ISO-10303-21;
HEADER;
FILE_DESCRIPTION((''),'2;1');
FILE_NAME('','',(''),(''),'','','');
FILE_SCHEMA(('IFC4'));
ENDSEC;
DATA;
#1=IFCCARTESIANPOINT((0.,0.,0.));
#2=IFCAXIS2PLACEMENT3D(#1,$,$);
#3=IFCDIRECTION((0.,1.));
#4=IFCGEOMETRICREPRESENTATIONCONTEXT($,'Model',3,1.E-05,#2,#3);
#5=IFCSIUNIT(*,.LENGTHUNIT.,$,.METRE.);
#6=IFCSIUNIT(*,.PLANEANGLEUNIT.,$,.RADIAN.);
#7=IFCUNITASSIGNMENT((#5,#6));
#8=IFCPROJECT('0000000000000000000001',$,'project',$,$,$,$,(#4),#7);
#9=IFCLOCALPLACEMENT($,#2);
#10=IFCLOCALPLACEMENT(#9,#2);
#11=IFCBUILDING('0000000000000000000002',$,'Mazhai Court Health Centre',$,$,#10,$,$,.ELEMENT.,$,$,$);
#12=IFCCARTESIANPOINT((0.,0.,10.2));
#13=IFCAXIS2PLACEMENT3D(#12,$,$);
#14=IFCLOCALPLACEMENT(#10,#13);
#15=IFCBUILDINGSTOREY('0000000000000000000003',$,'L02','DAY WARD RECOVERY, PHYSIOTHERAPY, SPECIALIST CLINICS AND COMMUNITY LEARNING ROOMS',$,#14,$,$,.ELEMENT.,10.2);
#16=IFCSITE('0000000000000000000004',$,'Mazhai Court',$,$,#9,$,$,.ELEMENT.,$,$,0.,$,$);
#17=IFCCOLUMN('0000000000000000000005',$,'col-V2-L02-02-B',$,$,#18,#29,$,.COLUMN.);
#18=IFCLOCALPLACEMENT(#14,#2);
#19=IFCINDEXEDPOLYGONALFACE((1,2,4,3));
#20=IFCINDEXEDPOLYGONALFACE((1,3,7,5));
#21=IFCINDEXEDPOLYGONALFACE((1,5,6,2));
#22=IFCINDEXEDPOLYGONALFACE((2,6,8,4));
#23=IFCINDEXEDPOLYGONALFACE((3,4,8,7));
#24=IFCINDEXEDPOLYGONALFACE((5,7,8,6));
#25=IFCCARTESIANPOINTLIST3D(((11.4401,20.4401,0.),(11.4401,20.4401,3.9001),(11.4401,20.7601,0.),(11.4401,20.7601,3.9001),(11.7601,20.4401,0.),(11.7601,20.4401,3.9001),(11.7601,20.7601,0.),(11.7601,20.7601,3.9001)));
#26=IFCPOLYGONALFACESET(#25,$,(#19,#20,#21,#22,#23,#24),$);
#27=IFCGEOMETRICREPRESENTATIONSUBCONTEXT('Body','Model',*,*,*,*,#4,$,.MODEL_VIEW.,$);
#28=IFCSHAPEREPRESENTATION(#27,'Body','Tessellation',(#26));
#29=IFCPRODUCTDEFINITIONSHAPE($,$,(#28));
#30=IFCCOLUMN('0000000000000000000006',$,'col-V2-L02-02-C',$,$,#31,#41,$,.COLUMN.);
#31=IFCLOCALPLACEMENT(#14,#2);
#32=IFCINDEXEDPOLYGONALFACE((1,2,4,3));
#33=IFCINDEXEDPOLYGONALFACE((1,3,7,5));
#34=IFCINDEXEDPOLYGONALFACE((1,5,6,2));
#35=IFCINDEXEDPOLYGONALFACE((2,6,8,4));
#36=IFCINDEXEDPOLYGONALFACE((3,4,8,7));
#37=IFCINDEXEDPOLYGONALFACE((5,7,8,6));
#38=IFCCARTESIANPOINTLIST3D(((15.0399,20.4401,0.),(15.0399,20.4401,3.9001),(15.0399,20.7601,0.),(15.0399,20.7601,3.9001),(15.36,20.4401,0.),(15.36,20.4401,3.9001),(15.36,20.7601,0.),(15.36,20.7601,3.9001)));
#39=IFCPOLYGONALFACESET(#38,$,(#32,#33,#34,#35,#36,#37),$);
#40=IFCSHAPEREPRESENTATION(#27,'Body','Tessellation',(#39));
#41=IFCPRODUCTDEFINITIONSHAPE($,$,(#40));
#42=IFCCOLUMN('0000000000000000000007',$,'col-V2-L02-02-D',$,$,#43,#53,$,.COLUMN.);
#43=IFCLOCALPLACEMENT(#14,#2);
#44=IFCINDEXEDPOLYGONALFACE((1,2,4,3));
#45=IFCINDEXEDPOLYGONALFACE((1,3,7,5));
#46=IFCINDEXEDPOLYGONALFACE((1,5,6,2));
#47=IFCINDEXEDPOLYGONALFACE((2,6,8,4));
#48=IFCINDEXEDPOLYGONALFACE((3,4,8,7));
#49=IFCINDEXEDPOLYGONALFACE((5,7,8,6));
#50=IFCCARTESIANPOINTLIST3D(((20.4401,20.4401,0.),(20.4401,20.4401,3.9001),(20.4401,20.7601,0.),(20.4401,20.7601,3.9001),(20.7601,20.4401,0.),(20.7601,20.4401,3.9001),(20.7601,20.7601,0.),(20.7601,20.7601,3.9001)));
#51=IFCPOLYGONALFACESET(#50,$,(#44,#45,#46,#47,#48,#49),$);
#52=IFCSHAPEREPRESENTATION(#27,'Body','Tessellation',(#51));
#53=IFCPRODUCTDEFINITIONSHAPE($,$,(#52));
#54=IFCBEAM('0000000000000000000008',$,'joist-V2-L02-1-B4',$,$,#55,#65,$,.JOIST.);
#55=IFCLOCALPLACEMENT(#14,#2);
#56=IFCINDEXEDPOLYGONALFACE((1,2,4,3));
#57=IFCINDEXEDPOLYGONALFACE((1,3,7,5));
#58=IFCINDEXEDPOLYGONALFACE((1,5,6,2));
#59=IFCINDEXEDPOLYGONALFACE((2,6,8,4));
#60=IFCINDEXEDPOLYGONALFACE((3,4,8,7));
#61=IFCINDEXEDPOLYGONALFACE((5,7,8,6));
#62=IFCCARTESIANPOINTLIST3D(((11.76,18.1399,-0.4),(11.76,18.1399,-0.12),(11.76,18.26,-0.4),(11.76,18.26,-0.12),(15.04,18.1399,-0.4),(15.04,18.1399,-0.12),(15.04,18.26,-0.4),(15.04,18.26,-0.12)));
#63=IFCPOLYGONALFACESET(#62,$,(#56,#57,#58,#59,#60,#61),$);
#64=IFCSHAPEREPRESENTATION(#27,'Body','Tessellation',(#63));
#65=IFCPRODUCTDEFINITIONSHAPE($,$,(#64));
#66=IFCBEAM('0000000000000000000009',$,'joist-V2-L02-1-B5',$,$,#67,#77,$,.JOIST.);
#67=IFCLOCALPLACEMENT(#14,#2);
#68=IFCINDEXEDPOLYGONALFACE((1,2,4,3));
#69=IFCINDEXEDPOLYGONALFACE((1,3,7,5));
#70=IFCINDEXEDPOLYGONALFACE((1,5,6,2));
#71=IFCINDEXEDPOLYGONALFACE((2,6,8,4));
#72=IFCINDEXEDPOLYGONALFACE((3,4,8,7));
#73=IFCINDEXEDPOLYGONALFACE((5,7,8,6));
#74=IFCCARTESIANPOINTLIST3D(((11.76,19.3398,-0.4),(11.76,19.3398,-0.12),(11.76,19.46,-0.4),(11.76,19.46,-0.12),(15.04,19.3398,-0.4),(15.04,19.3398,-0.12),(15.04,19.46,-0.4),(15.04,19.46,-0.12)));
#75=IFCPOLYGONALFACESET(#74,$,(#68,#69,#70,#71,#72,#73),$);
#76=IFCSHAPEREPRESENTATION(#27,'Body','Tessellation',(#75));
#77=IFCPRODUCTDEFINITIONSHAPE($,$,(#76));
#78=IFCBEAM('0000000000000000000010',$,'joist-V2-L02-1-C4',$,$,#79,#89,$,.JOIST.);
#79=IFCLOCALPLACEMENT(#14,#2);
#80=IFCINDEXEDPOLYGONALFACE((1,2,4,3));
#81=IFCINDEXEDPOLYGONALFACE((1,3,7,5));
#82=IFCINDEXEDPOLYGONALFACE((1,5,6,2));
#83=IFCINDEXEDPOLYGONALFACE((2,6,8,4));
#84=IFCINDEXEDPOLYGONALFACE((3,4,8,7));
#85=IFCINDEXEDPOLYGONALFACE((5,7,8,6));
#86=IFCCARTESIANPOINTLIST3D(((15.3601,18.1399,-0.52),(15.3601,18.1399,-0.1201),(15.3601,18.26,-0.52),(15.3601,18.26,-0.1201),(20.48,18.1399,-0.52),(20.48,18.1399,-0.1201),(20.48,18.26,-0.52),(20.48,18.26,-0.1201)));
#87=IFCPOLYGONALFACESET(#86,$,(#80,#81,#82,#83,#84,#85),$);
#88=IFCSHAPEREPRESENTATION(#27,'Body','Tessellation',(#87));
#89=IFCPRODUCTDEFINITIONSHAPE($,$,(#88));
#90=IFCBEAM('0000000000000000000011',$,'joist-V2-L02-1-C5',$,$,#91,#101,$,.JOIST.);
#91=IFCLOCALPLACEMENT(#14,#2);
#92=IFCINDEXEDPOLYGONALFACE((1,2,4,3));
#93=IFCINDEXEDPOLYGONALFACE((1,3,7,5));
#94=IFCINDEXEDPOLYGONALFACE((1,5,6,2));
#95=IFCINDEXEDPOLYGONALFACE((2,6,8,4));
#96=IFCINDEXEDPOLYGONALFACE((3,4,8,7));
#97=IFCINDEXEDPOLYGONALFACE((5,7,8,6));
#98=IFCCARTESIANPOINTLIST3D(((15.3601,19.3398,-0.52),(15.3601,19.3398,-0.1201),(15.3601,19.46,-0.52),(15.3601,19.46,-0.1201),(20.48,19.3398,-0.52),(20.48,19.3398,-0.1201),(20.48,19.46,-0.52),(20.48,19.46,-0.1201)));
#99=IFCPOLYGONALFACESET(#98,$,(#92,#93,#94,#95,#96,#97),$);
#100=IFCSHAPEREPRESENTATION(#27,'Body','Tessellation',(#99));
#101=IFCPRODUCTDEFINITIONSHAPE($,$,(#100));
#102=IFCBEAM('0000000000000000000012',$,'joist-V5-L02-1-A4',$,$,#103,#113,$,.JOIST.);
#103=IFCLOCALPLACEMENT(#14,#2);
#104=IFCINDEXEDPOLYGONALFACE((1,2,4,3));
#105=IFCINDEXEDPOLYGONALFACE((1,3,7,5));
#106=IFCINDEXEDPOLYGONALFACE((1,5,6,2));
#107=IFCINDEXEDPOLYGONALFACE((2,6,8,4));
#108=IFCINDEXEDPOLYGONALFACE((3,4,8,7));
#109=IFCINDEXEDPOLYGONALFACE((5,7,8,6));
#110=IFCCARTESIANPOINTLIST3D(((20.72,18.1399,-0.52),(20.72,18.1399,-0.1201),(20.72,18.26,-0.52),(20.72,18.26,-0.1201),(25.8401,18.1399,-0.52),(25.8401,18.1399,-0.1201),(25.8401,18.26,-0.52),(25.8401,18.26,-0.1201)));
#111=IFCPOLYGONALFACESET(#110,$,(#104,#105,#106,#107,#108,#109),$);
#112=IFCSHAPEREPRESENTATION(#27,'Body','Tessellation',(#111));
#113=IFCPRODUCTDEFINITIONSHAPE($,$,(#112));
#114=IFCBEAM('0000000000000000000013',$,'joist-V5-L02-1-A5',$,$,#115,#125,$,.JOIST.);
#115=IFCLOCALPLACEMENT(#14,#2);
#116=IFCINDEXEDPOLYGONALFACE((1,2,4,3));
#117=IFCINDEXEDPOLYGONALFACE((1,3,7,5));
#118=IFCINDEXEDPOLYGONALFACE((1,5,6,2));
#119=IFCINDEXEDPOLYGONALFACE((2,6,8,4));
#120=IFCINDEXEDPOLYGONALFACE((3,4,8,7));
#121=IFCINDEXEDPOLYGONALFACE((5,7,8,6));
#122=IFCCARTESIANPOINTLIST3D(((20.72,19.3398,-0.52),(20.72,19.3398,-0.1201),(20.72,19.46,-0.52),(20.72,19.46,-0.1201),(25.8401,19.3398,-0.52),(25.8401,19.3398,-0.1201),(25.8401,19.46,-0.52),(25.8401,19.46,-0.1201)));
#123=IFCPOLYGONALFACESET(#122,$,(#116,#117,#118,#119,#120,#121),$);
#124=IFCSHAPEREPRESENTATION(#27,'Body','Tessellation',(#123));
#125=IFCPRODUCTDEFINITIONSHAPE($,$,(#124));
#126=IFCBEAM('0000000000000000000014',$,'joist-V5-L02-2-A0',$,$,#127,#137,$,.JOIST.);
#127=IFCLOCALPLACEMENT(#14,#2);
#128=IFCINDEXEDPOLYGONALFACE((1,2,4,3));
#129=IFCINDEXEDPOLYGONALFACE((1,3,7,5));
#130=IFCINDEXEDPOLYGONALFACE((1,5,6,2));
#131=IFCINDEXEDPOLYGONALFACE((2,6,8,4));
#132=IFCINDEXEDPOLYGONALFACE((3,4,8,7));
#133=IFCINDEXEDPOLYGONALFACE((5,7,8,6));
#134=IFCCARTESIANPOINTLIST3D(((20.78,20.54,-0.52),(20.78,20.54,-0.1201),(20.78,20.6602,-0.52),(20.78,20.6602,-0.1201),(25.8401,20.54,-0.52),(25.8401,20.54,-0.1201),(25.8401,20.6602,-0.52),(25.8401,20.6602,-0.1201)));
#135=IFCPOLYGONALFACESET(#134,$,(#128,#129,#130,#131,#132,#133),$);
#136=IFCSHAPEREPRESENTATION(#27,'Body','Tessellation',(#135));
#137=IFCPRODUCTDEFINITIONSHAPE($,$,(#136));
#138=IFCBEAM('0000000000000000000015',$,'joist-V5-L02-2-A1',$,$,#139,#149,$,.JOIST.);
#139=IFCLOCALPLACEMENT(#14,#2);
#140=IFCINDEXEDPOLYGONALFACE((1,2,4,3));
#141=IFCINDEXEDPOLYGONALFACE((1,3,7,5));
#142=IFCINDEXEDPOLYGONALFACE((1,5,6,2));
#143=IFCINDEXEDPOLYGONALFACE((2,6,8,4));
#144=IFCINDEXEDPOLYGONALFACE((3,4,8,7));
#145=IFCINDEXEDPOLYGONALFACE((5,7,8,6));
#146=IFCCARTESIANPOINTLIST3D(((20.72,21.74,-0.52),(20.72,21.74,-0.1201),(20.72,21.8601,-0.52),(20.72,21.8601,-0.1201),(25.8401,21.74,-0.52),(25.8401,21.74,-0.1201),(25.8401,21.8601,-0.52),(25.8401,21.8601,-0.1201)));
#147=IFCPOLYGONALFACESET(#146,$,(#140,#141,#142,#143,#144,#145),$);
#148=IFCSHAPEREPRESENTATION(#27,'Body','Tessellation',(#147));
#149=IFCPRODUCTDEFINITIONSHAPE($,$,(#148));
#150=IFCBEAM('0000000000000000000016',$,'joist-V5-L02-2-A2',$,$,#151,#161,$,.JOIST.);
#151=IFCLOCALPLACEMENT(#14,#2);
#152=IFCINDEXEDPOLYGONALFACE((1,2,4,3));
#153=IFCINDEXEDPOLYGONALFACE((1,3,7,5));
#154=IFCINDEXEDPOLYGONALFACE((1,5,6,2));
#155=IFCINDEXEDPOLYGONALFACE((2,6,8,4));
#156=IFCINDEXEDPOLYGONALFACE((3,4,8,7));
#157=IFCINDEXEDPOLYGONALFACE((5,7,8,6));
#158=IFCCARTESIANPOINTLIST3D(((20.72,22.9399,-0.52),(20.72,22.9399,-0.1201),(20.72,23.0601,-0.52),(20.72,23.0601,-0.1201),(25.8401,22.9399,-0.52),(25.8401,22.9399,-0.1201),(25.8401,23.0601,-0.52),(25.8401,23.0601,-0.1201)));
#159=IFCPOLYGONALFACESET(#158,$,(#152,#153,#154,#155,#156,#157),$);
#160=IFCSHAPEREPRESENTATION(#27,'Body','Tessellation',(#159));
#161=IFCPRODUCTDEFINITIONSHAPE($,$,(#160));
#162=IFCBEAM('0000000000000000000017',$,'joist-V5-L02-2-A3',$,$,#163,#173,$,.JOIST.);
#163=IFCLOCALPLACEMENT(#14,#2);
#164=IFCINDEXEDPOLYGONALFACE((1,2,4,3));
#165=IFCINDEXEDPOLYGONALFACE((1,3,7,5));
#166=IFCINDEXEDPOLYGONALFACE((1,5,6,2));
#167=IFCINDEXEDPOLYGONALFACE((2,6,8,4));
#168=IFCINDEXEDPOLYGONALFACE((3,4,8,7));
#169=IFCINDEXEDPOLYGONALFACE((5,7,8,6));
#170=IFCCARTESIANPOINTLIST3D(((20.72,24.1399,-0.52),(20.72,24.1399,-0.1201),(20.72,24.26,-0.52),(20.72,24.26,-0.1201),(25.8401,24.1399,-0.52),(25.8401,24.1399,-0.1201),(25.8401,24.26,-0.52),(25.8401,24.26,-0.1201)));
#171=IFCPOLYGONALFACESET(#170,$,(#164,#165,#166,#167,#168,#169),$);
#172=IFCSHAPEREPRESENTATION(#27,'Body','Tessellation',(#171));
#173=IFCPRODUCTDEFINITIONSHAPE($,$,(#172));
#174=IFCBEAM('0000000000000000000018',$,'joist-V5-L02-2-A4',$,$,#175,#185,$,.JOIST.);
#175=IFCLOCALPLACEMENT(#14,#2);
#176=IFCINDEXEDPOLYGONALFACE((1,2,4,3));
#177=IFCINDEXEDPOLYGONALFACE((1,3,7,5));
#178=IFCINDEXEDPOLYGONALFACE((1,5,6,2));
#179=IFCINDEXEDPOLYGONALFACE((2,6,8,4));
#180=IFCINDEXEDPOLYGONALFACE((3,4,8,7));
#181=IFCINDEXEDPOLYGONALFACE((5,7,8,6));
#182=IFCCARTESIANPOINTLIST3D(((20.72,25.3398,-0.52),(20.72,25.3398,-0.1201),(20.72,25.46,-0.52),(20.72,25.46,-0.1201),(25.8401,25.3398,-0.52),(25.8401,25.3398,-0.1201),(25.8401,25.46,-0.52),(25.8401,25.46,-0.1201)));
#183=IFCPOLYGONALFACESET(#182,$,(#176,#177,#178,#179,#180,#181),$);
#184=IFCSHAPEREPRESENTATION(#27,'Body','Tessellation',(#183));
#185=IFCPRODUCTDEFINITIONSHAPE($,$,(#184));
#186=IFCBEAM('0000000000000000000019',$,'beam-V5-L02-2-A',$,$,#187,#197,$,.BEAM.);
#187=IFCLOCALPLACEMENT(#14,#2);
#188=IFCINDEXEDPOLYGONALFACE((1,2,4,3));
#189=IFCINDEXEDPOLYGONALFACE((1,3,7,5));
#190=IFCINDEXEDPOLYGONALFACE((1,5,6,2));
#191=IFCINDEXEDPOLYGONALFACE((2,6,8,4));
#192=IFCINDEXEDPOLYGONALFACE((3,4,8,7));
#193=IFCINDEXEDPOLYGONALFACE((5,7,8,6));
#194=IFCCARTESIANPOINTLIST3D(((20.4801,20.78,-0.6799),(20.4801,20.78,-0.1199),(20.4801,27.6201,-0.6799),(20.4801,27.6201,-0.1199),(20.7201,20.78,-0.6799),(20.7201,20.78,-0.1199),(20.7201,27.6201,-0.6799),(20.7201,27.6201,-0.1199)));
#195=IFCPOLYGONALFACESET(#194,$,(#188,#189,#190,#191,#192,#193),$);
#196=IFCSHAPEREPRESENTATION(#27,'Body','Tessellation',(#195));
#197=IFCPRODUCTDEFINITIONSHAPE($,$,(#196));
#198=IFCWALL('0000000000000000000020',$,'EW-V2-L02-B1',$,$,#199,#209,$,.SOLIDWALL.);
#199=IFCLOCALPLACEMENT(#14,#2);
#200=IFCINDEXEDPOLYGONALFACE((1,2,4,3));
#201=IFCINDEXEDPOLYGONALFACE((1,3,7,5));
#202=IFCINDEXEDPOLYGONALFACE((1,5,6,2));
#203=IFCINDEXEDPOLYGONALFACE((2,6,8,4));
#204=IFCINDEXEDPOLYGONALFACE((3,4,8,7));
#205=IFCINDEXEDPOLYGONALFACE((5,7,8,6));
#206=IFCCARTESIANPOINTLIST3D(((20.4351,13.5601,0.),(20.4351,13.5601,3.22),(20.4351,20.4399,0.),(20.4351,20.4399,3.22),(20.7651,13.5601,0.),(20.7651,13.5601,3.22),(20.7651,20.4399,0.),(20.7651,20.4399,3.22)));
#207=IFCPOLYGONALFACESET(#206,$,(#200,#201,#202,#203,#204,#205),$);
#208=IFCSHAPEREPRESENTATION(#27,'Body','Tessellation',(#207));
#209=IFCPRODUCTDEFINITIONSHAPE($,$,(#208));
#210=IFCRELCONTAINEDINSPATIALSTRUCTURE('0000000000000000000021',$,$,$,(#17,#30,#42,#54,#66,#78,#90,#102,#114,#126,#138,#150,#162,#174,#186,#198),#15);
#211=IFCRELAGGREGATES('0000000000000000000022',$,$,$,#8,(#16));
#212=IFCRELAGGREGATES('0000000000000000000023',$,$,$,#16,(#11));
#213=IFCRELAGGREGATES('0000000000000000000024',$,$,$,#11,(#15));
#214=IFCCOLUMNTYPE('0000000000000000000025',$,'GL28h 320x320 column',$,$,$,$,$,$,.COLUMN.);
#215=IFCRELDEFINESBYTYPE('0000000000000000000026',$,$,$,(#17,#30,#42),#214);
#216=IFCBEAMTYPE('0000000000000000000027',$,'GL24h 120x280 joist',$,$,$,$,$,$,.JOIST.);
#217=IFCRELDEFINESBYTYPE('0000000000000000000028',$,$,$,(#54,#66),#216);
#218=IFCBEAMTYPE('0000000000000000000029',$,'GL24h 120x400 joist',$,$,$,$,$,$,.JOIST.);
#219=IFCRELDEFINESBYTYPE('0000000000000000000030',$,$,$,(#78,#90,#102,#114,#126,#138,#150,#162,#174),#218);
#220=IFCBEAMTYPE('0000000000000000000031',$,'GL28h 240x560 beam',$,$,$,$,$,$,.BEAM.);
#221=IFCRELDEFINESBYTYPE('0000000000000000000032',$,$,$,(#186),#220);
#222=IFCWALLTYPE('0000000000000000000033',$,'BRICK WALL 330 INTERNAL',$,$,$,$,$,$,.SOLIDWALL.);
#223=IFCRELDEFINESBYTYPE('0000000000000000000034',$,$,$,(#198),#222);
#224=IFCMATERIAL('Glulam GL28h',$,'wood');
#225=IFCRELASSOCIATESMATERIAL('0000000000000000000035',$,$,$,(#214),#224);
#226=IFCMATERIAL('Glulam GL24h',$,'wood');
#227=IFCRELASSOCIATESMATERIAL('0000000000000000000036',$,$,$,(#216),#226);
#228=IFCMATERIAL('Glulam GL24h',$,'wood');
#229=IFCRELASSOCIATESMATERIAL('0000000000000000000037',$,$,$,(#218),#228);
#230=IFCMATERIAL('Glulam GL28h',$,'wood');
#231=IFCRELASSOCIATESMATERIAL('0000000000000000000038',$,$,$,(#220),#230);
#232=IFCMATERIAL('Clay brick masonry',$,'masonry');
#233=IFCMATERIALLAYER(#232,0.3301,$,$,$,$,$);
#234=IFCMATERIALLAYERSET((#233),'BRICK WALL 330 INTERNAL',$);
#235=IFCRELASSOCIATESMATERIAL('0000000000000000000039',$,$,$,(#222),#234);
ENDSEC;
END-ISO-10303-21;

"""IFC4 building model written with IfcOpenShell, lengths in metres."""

from ifc_helpers import new_model, si_unit, direction, frame, frame_2d, origin, origin_2d, place, context, subcontext, project, spatial, rectangle, extrude, material, layer, layer_set, material_profile, profile_set, type_object, element, save


model = new_model("IFC4")

# Units and contexts
model_context = context("Model", 3, precision=1e-05, world=origin(), true_north=direction((0.0, 1.0)))
body_context = subcontext(model_context, "Body", "Model", "MODEL_VIEW")
ifc_project = project(units=[si_unit("LENGTHUNIT", "METRE"), si_unit("PLANEANGLEUNIT", "RADIAN")], contexts=[model_context])

# Site, building, storey
site_placement = place(None, origin())
site = spatial("IfcSite", under=ifc_project, at=site_placement, Name="Mazhai Court", CompositionType="ELEMENT", RefElevation=0.0)
building_placement = place(site_placement, origin())
building = spatial("IfcBuilding", under=site, at=building_placement, Name="Mazhai Court Health Centre", CompositionType="ELEMENT")
storey_placement = place(building_placement, frame((0.0, 0.0, 10.2)))
storey = spatial("IfcBuildingStorey", under=building, at=storey_placement, Name="L02", Description="DAY WARD RECOVERY, PHYSIOTHERAPY, SPECIALIST CLINICS AND COMMUNITY LEARNING ROOMS", CompositionType="ELEMENT", Elevation=10.2)

# Columns
ifc_material_1 = material(Name="Glulam GL28h", Category="wood")
ifc_material_profile_1 = material_profile(ifc_material_1, rectangle(XDim=0.3201, YDim=0.3201, at=origin_2d()), Name="GL28h 320x320")
ifc_profile_set_1 = profile_set([ifc_material_profile_1], Name="Glulam GL28h")
column_type = type_object("IfcColumnType", Name="GL28h 320x320 column", PredefinedType="COLUMN", material=ifc_profile_set_1)
for number, where, z_axis, x_axis, name in (
    (1, (11.6001, 20.6001, 0.0), (0.0, 0.0, 1.0), (1.0, 0.0, 0.0), "col-V2-L02-02-B"),
    (2, (15.2, 20.6001, 0.0), (0.0, 0.0, 1.0), (1.0, 0.0, 0.0), "col-V2-L02-02-C"),
    (3, (20.6001, 20.6001, 0.0), (0.0, 0.0, 1.0), (1.0, 0.0, 0.0), "col-V2-L02-02-D"),
):
    element("IfcColumn", number, at=place(storey_placement, frame(where, z_axis=z_axis, x_axis=x_axis)), inside=storey, type_object=column_type, Name=name, PredefinedType="COLUMN", context=body_context, shape_type="SweptSolid", body=[
        extrude(rectangle(XDim=0.3201, YDim=0.3201, at=origin_2d()), origin(), (0.0, 0.0, 1.0), 3.9001),
    ])

# Beams
ifc_material_2 = material(Name="Glulam GL24h", Category="wood")
ifc_material_profile_2 = material_profile(ifc_material_2, rectangle(XDim=0.1201, YDim=0.28, at=origin_2d()), Name="GL24h 120x280")
ifc_profile_set_2 = profile_set([ifc_material_profile_2], Name="Glulam GL24h")
beam_type_1 = type_object("IfcBeamType", Name="GL24h 120x280 joist", PredefinedType="JOIST", material=ifc_profile_set_2)
for number, where, z_axis, x_axis, name in (
    (4, (11.76, 18.2, -0.26), (1.0, 0.0, 0.0), (0.0, 1.0, 0.0), "joist-V2-L02-1-B4"),
    (5, (11.76, 19.3999, -0.26), (1.0, 0.0, 0.0), (0.0, 1.0, 0.0), "joist-V2-L02-1-B5"),
):
    element("IfcBeam", number, at=place(storey_placement, frame(where, z_axis=z_axis, x_axis=x_axis)), inside=storey, type_object=beam_type_1, Name=name, PredefinedType="JOIST", context=body_context, shape_type="SweptSolid", body=[
        extrude(rectangle(XDim=0.1201, YDim=0.28, at=origin_2d()), origin(), (0.0, 0.0, 1.0), 3.28),
    ])
ifc_material_3 = material(Name="Glulam GL24h", Category="wood")
ifc_material_profile_3 = material_profile(ifc_material_3, rectangle(XDim=0.1201, YDim=0.3999, at=origin_2d()), Name="GL24h 120x400")
ifc_profile_set_3 = profile_set([ifc_material_profile_3], Name="Glulam GL24h")
beam_type_2 = type_object("IfcBeamType", Name="GL24h 120x400 joist", PredefinedType="JOIST", material=ifc_profile_set_3)
for number, where, z_axis, x_axis, name in (
    (6, (15.3601, 18.2, -0.3201), (1.0, 0.0, 0.0), (0.0, 1.0, 0.0), "joist-V2-L02-1-C4"),
    (7, (15.3601, 19.3999, -0.3201), (1.0, 0.0, 0.0), (0.0, 1.0, 0.0), "joist-V2-L02-1-C5"),
):
    element("IfcBeam", number, at=place(storey_placement, frame(where, z_axis=z_axis, x_axis=x_axis)), inside=storey, type_object=beam_type_2, Name=name, PredefinedType="JOIST", context=body_context, shape_type="SweptSolid", body=[
        extrude(rectangle(XDim=0.1201, YDim=0.3999, at=origin_2d()), origin(), (0.0, 0.0, 1.0), 5.1199),
    ])
for number, where, z_axis, x_axis, name in (
    (8, (20.72, 18.2, -0.3201), (1.0, 0.0, 0.0), (0.0, 1.0, 0.0), "joist-V5-L02-1-A4"),
    (9, (20.72, 19.3999, -0.3201), (1.0, 0.0, 0.0), (0.0, 1.0, 0.0), "joist-V5-L02-1-A5"),
):
    element("IfcBeam", number, at=place(storey_placement, frame(where, z_axis=z_axis, x_axis=x_axis)), inside=storey, type_object=beam_type_2, Name=name, PredefinedType="JOIST", context=body_context, shape_type="SweptSolid", body=[
        extrude(rectangle(XDim=0.1201, YDim=0.3999, at=origin_2d()), origin(), (0.0, 0.0, 1.0), 5.1201),
    ])
beam_1_placement = place(storey_placement, frame((20.78, 20.6001, -0.3201), z_axis=(1.0, 0.0, 0.0), x_axis=(0.0, 1.0, 0.0)))
element("IfcBeam", 10, at=beam_1_placement, inside=storey, type_object=beam_type_2, Name="joist-V5-L02-2-A0", PredefinedType="JOIST", context=body_context, shape_type="SweptSolid", body=[
    extrude(rectangle(XDim=0.1201, YDim=0.3999, at=origin_2d()), origin(), (0.0, 0.0, 1.0), 5.0601),
])
for number, where, z_axis, x_axis, name in (
    (11, (20.72, 21.8, -0.3201), (1.0, 0.0, 0.0), (0.0, 1.0, 0.0), "joist-V5-L02-2-A1"),
    (12, (20.72, 23.0, -0.3201), (1.0, 0.0, 0.0), (0.0, 1.0, 0.0), "joist-V5-L02-2-A2"),
    (13, (20.72, 24.2, -0.3201), (1.0, 0.0, 0.0), (0.0, 1.0, 0.0), "joist-V5-L02-2-A3"),
    (14, (20.72, 25.3999, -0.3201), (1.0, 0.0, 0.0), (0.0, 1.0, 0.0), "joist-V5-L02-2-A4"),
):
    element("IfcBeam", number, at=place(storey_placement, frame(where, z_axis=z_axis, x_axis=x_axis)), inside=storey, type_object=beam_type_2, Name=name, PredefinedType="JOIST", context=body_context, shape_type="SweptSolid", body=[
        extrude(rectangle(XDim=0.1201, YDim=0.3999, at=origin_2d()), origin(), (0.0, 0.0, 1.0), 5.1201),
    ])
ifc_material_4 = material(Name="Glulam GL28h", Category="wood")
ifc_material_profile_4 = material_profile(ifc_material_4, rectangle(XDim=0.24, YDim=0.5601, at=origin_2d()), Name="GL28h 240x560")
ifc_profile_set_4 = profile_set([ifc_material_profile_4], Name="Glulam GL28h")
beam_type_3 = type_object("IfcBeamType", Name="GL28h 240x560 beam", PredefinedType="BEAM", material=ifc_profile_set_4)
beam_2_placement = place(storey_placement, frame((20.6001, 20.78, -0.3999), z_axis=(0.0, 1.0, 0.0), x_axis=(-1.0, 0.0, 0.0)))
element("IfcBeam", 15, at=beam_2_placement, inside=storey, type_object=beam_type_3, Name="beam-V5-L02-2-A", PredefinedType="BEAM", context=body_context, shape_type="SweptSolid", body=[
    extrude(rectangle(XDim=0.24, YDim=0.5601, at=origin_2d()), origin(), (0.0, 0.0, 1.0), 6.8401),
])

# Wall
ifc_material_5 = material(Name="Clay brick masonry", Category="masonry")
ifc_layer_1 = layer(ifc_material_5, 0.3301)
ifc_layer_set_1 = layer_set([ifc_layer_1], Name="BRICK WALL 330 INTERNAL")
wall_type_1 = type_object("IfcWallType", Name="BRICK WALL 330 INTERNAL", PredefinedType="SOLIDWALL", material=ifc_layer_set_1)
wall_1_placement = place(storey_placement, frame((20.6001, 20.4399, 0.0), z_axis=(0.0, 0.0, 1.0), x_axis=(0.0, -1.0, 0.0)))
element("IfcWall", 16, at=wall_1_placement, inside=storey, type_object=wall_type_1, Name="EW-V2-L02-B1", PredefinedType="SOLIDWALL", context=body_context, shape_type="SweptSolid", body=[
    extrude(rectangle(XDim=6.8799, YDim=0.3301, at=frame_2d((3.4399, 0.0))), origin(), (0.0, 0.0, 1.0), 3.22),
])

save(model, "model.ifc")
